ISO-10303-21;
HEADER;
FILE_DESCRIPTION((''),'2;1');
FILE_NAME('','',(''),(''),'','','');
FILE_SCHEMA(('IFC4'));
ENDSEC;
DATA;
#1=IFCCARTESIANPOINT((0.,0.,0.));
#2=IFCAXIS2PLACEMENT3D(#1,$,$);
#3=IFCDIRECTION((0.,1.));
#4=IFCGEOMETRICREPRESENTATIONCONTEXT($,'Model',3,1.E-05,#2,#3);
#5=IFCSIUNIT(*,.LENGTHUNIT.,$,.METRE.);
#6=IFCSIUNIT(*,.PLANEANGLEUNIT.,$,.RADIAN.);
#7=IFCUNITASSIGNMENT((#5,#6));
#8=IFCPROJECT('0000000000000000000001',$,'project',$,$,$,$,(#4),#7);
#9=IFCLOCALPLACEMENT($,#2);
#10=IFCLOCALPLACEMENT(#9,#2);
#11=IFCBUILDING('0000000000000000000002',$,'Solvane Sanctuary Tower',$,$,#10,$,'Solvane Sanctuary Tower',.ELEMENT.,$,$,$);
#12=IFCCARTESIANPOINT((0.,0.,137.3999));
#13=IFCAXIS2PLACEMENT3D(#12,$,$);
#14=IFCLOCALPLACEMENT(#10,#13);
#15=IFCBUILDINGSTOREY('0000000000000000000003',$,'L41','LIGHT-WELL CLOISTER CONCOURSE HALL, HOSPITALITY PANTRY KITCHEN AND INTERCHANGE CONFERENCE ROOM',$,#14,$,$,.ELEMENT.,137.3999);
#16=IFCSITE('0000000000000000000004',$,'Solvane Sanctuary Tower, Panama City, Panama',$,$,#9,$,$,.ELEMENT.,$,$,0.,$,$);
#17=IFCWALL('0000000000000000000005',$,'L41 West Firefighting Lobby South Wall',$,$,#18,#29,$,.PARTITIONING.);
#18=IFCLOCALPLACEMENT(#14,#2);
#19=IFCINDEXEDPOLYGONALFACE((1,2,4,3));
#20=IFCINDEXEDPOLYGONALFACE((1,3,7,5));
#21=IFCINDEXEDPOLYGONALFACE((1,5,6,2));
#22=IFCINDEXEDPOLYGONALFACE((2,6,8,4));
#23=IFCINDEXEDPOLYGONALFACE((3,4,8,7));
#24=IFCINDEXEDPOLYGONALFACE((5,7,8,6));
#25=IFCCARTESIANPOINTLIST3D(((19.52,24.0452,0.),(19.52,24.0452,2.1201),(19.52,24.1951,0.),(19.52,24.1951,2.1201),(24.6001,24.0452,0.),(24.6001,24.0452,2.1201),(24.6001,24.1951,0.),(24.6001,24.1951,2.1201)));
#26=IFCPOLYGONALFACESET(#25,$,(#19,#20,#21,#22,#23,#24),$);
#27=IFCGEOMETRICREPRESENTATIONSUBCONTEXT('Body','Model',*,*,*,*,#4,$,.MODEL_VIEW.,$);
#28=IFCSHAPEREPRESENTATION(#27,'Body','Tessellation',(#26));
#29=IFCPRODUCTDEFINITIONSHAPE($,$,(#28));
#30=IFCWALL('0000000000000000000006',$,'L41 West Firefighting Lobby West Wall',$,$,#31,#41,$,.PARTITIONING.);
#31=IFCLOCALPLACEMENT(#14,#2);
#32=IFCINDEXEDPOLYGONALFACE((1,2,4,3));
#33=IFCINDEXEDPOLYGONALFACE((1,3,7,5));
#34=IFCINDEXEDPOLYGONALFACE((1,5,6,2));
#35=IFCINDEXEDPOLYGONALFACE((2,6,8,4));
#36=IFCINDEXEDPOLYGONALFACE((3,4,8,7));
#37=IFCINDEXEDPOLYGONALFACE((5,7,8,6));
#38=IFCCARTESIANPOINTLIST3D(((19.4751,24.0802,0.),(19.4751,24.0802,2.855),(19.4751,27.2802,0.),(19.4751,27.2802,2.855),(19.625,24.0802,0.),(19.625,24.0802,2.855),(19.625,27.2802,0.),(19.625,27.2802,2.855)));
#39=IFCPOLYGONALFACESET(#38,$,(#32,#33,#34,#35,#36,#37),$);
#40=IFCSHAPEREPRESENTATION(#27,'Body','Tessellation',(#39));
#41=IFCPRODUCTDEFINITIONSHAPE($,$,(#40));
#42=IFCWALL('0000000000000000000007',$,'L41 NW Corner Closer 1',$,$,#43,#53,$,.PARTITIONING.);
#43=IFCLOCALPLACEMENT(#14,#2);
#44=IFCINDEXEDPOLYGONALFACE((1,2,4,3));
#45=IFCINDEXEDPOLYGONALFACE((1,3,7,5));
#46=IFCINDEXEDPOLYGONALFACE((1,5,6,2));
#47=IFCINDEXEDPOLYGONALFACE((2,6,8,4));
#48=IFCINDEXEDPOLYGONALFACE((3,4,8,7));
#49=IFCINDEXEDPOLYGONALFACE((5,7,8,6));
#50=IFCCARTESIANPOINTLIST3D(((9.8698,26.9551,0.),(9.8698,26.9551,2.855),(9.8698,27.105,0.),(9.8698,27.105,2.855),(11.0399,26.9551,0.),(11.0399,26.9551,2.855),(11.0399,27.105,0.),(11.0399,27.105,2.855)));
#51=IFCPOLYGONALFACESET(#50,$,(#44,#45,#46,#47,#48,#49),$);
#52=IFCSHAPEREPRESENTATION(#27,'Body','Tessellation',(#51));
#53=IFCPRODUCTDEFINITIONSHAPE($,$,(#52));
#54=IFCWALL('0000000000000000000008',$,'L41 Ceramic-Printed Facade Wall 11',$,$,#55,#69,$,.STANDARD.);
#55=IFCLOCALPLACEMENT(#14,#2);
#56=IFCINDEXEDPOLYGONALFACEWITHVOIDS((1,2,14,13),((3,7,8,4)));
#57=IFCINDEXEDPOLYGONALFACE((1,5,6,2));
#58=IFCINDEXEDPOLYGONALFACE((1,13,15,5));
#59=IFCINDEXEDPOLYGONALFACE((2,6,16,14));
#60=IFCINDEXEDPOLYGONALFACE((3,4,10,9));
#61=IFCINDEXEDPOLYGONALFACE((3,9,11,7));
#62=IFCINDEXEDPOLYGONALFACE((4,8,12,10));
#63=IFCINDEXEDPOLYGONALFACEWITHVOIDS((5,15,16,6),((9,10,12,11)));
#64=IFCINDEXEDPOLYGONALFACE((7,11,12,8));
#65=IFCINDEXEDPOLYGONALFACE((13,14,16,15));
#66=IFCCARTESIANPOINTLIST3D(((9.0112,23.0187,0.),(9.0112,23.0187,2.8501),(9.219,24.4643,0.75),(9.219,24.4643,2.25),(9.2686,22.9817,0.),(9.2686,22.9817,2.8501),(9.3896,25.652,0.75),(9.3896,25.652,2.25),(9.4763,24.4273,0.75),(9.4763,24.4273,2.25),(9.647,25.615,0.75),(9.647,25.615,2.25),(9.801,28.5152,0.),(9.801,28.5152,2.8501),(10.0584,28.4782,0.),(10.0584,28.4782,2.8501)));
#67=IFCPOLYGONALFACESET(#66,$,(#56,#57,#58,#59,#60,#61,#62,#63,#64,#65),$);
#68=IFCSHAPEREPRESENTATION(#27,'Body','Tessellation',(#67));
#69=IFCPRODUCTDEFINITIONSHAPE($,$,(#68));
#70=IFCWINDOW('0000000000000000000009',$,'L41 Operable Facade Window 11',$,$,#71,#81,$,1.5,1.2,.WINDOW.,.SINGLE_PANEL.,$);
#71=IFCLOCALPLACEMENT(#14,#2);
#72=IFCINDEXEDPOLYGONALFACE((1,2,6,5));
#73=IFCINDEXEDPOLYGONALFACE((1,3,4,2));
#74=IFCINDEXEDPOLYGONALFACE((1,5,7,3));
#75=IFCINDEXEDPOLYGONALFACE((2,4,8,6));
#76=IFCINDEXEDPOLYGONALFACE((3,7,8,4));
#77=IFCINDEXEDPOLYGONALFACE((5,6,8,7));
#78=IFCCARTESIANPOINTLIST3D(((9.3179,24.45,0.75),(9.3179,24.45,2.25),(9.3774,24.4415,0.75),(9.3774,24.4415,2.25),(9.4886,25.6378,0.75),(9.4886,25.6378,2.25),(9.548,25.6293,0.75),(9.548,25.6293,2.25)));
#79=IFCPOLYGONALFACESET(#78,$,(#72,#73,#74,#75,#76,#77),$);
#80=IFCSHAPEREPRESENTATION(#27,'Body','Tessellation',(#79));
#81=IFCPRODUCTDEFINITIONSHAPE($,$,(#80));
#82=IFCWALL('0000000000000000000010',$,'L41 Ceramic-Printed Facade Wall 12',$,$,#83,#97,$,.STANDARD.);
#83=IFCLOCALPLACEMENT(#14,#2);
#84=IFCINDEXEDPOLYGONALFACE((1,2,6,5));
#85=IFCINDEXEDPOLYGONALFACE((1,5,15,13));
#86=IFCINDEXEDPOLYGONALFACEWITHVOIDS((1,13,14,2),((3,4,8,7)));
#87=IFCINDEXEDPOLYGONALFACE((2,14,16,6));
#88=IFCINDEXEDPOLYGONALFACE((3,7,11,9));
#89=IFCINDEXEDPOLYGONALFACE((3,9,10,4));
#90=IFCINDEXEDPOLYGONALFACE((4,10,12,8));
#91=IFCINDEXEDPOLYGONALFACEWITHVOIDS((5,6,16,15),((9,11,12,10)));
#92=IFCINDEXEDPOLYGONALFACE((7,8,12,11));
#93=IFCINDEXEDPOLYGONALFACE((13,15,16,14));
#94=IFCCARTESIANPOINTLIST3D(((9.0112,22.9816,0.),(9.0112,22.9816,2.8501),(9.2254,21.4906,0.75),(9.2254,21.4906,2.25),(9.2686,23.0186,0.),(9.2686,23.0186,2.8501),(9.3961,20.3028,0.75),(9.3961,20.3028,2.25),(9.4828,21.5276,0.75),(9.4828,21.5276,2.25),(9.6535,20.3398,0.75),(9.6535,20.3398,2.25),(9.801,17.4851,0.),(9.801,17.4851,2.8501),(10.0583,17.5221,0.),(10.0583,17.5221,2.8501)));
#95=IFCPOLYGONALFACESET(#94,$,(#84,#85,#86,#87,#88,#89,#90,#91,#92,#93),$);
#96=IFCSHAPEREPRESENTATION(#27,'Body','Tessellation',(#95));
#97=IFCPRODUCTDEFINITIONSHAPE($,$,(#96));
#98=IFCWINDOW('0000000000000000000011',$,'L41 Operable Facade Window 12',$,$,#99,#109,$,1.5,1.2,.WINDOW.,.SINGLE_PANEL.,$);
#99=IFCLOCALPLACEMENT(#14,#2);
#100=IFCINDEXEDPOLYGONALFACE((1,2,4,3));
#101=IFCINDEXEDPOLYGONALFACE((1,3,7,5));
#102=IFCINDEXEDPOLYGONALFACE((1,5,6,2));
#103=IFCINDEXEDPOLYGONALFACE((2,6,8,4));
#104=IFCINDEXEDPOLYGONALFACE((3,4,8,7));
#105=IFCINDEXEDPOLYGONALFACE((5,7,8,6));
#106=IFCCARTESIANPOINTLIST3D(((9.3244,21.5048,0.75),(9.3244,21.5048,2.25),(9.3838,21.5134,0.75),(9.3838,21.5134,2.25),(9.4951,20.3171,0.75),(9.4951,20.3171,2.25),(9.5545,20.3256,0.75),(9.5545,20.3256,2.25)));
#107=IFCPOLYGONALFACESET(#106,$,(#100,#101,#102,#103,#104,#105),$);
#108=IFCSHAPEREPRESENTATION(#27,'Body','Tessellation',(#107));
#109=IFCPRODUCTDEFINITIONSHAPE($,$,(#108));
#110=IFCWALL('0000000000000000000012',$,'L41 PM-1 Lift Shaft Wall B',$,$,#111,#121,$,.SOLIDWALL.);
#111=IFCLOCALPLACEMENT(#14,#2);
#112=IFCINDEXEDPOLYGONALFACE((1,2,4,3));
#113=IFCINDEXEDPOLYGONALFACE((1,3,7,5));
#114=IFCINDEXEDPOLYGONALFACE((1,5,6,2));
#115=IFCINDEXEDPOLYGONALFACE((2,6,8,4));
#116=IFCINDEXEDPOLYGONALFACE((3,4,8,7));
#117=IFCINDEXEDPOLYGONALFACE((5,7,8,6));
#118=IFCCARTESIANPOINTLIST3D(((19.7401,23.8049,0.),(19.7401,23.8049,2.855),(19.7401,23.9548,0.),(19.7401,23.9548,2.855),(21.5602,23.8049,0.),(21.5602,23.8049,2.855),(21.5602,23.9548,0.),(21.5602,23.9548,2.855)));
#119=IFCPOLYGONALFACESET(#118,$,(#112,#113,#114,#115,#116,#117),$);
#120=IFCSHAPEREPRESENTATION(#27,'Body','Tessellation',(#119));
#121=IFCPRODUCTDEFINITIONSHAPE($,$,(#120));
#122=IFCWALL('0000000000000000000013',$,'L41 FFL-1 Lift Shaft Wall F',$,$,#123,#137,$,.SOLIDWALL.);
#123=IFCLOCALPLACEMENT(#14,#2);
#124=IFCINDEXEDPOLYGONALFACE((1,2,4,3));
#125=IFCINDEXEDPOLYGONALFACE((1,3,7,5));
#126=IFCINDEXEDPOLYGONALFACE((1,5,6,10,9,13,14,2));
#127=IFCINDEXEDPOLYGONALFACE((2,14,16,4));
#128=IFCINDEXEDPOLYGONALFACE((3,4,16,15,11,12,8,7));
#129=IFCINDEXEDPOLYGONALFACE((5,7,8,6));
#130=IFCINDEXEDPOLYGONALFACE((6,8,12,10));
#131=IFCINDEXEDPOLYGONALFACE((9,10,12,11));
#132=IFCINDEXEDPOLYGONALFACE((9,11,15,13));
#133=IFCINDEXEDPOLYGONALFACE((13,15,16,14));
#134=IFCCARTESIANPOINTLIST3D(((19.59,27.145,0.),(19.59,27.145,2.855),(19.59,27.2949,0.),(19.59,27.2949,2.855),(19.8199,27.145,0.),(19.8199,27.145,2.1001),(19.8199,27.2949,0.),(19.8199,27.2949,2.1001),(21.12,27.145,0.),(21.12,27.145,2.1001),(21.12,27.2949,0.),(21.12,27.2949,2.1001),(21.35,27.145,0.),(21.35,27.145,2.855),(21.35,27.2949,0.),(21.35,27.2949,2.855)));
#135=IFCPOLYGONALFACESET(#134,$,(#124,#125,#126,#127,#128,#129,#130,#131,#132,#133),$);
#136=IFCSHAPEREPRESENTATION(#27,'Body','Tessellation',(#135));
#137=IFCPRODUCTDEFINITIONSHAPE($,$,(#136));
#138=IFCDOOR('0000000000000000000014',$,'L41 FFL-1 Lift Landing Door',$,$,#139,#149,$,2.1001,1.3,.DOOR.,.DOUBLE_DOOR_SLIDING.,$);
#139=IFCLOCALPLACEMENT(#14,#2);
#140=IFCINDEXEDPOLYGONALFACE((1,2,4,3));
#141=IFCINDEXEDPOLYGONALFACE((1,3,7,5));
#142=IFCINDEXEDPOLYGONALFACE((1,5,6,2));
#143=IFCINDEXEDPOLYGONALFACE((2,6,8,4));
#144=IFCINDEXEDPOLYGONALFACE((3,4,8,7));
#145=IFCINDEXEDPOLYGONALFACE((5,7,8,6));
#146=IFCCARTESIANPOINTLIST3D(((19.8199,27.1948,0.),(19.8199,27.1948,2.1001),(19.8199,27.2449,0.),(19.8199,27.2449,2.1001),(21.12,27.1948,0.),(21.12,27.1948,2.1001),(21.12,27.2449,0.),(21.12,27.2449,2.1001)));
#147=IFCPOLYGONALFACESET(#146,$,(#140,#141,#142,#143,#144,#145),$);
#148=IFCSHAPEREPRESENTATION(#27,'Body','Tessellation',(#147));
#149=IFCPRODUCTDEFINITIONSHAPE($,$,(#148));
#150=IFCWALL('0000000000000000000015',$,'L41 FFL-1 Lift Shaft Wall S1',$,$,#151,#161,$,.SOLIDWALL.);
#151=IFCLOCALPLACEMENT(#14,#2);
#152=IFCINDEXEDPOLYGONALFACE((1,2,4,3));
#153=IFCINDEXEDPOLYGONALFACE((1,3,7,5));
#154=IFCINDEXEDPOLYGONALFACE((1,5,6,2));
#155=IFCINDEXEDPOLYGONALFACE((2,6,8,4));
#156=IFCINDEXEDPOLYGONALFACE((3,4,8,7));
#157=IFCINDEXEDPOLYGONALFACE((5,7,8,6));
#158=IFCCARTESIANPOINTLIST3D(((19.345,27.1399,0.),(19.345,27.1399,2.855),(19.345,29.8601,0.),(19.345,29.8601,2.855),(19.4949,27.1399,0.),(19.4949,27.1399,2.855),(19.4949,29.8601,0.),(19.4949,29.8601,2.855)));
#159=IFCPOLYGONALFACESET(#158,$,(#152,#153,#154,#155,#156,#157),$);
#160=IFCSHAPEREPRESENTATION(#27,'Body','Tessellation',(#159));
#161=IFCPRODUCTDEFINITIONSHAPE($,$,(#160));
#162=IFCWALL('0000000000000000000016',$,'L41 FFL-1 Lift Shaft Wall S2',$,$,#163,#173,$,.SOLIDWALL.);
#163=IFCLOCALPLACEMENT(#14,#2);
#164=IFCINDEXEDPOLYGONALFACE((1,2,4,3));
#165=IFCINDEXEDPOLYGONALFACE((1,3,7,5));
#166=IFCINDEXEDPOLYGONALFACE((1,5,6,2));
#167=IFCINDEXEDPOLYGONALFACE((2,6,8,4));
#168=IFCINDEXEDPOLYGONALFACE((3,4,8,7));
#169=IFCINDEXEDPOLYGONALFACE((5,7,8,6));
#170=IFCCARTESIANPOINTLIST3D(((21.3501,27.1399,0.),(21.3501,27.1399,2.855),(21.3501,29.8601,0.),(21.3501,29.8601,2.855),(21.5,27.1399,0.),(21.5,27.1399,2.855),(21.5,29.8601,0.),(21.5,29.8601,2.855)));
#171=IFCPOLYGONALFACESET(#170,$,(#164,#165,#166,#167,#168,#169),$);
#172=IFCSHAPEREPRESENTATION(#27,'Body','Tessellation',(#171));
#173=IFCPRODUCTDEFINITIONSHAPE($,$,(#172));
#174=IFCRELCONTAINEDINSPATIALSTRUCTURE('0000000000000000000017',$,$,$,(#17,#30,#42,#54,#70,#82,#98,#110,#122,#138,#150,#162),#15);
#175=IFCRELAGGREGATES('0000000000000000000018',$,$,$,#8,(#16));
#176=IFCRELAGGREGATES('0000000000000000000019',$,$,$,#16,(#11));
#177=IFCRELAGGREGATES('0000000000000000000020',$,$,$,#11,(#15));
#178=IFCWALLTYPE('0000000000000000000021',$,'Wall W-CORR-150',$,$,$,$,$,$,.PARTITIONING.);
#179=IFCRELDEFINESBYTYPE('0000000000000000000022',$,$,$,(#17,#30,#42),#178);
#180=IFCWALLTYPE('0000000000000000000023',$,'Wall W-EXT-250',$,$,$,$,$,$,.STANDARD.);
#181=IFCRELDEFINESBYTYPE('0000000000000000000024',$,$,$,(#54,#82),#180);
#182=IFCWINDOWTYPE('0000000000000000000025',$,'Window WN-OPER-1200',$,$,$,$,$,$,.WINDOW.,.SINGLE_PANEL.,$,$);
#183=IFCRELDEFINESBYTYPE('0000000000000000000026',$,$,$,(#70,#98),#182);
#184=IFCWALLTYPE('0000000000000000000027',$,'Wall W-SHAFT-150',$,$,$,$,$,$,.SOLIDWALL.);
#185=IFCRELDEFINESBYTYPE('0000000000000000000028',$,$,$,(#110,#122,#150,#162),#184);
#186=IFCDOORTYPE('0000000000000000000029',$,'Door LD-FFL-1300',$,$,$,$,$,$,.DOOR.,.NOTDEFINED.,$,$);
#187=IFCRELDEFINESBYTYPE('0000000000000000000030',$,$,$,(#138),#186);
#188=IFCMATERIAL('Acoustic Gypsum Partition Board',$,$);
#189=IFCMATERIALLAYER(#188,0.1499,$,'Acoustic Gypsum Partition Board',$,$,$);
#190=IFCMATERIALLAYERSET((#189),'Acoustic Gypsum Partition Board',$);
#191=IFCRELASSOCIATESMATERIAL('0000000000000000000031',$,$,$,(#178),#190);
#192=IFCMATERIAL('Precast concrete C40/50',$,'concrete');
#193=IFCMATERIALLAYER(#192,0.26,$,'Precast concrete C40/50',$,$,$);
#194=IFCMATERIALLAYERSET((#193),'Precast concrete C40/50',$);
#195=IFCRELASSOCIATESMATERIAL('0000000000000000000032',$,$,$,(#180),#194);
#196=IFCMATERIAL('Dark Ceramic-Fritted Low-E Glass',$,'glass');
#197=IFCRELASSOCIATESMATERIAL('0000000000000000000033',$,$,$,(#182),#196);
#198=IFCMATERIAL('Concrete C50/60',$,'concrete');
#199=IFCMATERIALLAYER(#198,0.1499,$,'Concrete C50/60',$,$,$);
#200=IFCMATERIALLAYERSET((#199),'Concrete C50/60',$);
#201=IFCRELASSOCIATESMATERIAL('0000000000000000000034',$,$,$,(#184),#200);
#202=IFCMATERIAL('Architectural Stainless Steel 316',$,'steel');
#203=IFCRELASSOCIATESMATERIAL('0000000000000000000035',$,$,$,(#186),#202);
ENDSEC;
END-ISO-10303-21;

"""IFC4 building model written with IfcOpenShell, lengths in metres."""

from ifc_helpers import new_model, si_unit, direction, frame, frame_2d, origin, place, context, subcontext, project, spatial, rectangle, extrude, material, layer, layer_set, type_object, element, fill, save


model = new_model("IFC4")

# Units and contexts
model_context = context("Model", 3, precision=1e-05, world=origin(), true_north=direction((0.0, 1.0)))
body_context = subcontext(model_context, "Body", "Model", "MODEL_VIEW")
ifc_project = project(units=[si_unit("LENGTHUNIT", "METRE"), si_unit("PLANEANGLEUNIT", "RADIAN")], contexts=[model_context])

# Site, building, storey
site_placement = place(None, origin())
site = spatial("IfcSite", under=ifc_project, at=site_placement, Name="Solvane Sanctuary Tower, Panama City, Panama", CompositionType="ELEMENT", RefElevation=0.0)
building_placement = place(site_placement, origin())
building = spatial("IfcBuilding", under=site, at=building_placement, Name="Solvane Sanctuary Tower", LongName="Solvane Sanctuary Tower", CompositionType="ELEMENT")
storey_placement = place(building_placement, frame((0.0, 0.0, 137.3999)))
storey = spatial("IfcBuildingStorey", under=building, at=storey_placement, Name="L41", Description="LIGHT-WELL CLOISTER CONCOURSE HALL, HOSPITALITY PANTRY KITCHEN AND INTERCHANGE CONFERENCE ROOM", CompositionType="ELEMENT", Elevation=137.3999)

# Walls
ifc_material_1 = material(Name="Acoustic Gypsum Partition Board")
ifc_layer_1 = layer(ifc_material_1, 0.1499, Name="Acoustic Gypsum Partition Board")
ifc_layer_set_1 = layer_set([ifc_layer_1], Name="Acoustic Gypsum Partition Board")
wall_type_1 = type_object("IfcWallType", Name="Wall W-CORR-150", PredefinedType="PARTITIONING", material=ifc_layer_set_1)
wall_1_placement = place(storey_placement, frame((19.52, 24.1201, 0.0), z_axis=(0.0, 0.0, 1.0), x_axis=(1.0, 0.0, 0.0)))
element("IfcWall", 1, at=wall_1_placement, inside=storey, type_object=wall_type_1, Name="L41 West Firefighting Lobby South Wall", PredefinedType="PARTITIONING", context=body_context, shape_type="SweptSolid", body=[
    extrude(rectangle(XDim=5.0801, YDim=0.1499, at=frame_2d((2.54, 0.0))), origin(), (0.0, 0.0, 1.0), 2.1201),
])
wall_2_placement = place(storey_placement, frame((19.55, 24.0801, 0.0), z_axis=(0.0, 0.0, 1.0), x_axis=(0.0, 1.0, 0.0)))
element("IfcWall", 2, at=wall_2_placement, inside=storey, type_object=wall_type_1, Name="L41 West Firefighting Lobby West Wall", PredefinedType="PARTITIONING", context=body_context, shape_type="SweptSolid", body=[
    extrude(rectangle(XDim=3.2, YDim=0.1499, at=frame_2d((1.6001, 0.0))), origin(), (0.0, 0.0, 1.0), 2.855),
])
wall_3_placement = place(storey_placement, frame((9.8699, 27.03, 0.0), z_axis=(0.0, 0.0, 1.0), x_axis=(1.0, 0.0, 0.0)))
element("IfcWall", 3, at=wall_3_placement, inside=storey, type_object=wall_type_1, Name="L41 NW Corner Closer 1", PredefinedType="PARTITIONING", context=body_context, shape_type="SweptSolid", body=[
    extrude(rectangle(XDim=1.1702, YDim=0.1499, at=frame_2d((0.585, 0.0))), origin(), (0.0, 0.0, 1.0), 2.855),
])

# Walls, openings, windows
ifc_material_2 = material(Name="Precast concrete C40/50", Category="concrete")
ifc_layer_2 = layer(ifc_material_2, 0.26, Name="Precast concrete C40/50")
ifc_layer_set_2 = layer_set([ifc_layer_2], Name="Precast concrete C40/50")
wall_type_2 = type_object("IfcWallType", Name="Wall W-EXT-250", PredefinedType="STANDARD", material=ifc_layer_set_2)
wall_4_placement = place(storey_placement, frame((9.9297, 28.4966, 0.0), z_axis=(0.0, 0.0, 1.0), x_axis=(-0.142228, -0.989834, 0.0)))
wall_4 = element("IfcWall", 4, at=wall_4_placement, inside=storey, type_object=wall_type_2, Name="L41 Ceramic-Printed Facade Wall 11", PredefinedType="STANDARD", context=body_context, shape_type="SweptSolid", body=[
    extrude(rectangle(XDim=5.553, YDim=0.26, at=frame_2d((2.7764, 0.0))), origin(), (0.0, 0.0, 1.0), 2.8501),
])
opening_1_placement = place(wall_4_placement, frame((2.8923, 0.0, 0.75)))
opening_1 = element("IfcOpeningElement", 5, at=opening_1_placement, cuts=wall_4, PredefinedType="OPENING", context=body_context, shape_type="SweptSolid", body=[
    extrude(rectangle(XDim=1.2, YDim=1.5, at=frame_2d((0.6001, 0.75))), frame((0.0, 0.1399, 0.0), z_axis=(0.0, -1.0, 0.0), x_axis=(1.0, 0.0, 0.0)), (0.0, 0.0, 1.0), 0.28),
])
ifc_material_3 = material(Name="Dark Ceramic-Fritted Low-E Glass", Category="glass")
window_type = type_object("IfcWindowType", Name="Window WN-OPER-1200", PartitioningType="SINGLE_PANEL", PredefinedType="WINDOW", material=ifc_material_3)
window_1_placement = place(opening_1_placement, origin())
window_1 = element("IfcWindow", 6, at=window_1_placement, inside=storey, type_object=window_type, Name="L41 Operable Facade Window 11", OverallHeight=1.5, OverallWidth=1.2, PartitioningType="SINGLE_PANEL", PredefinedType="WINDOW", context=body_context, shape_type="SweptSolid", body=[
    extrude(rectangle(XDim=1.2, YDim=1.5, at=frame_2d((0.6001, 0.75))), frame((0.0, 0.03, 0.0), z_axis=(0.0, -1.0, 0.0), x_axis=(1.0, 0.0, 0.0)), (0.0, 0.0, 1.0), 0.0601),
])
fill(opening_1, window_1)
wall_5_placement = place(storey_placement, frame((9.1399, 23.0, 0.0), z_axis=(0.0, 0.0, 1.0), x_axis=(0.142228, -0.989834, 0.0)))
wall_5 = element("IfcWall", 7, at=wall_5_placement, inside=storey, type_object=wall_type_2, Name="L41 Ceramic-Printed Facade Wall 12", PredefinedType="STANDARD", context=body_context, shape_type="SweptSolid", body=[
    extrude(rectangle(XDim=5.553, YDim=0.26, at=frame_2d((2.7764, 0.0))), origin(), (0.0, 0.0, 1.0), 2.8501),
])
opening_2_placement = place(wall_5_placement, frame((1.5061, 0.0, 0.75)))
opening_2 = element("IfcOpeningElement", 8, at=opening_2_placement, cuts=wall_5, PredefinedType="OPENING", context=body_context, shape_type="SweptSolid", body=[
    extrude(rectangle(XDim=1.2, YDim=1.5, at=frame_2d((0.6001, 0.75))), frame((0.0, 0.1399, 0.0), z_axis=(0.0, -1.0, 0.0), x_axis=(1.0, 0.0, 0.0)), (0.0, 0.0, 1.0), 0.28),
])
window_2_placement = place(opening_2_placement, origin())
window_2 = element("IfcWindow", 9, at=window_2_placement, inside=storey, type_object=window_type, Name="L41 Operable Facade Window 12", OverallHeight=1.5, OverallWidth=1.2, PartitioningType="SINGLE_PANEL", PredefinedType="WINDOW", context=body_context, shape_type="SweptSolid", body=[
    extrude(rectangle(XDim=1.2, YDim=1.5, at=frame_2d((0.6001, 0.75))), frame((0.0, 0.03, 0.0), z_axis=(0.0, -1.0, 0.0), x_axis=(1.0, 0.0, 0.0)), (0.0, 0.0, 1.0), 0.0601),
])
fill(opening_2, window_2)

# Wall
ifc_material_4 = material(Name="Concrete C50/60", Category="concrete")
ifc_layer_3 = layer(ifc_material_4, 0.1499, Name="Concrete C50/60")
ifc_layer_set_3 = layer_set([ifc_layer_3], Name="Concrete C50/60")
wall_type_3 = type_object("IfcWallType", Name="Wall W-SHAFT-150", PredefinedType="SOLIDWALL", material=ifc_layer_set_3)
wall_6_placement = place(storey_placement, frame((19.74, 23.8799, 0.0), z_axis=(0.0, 0.0, 1.0), x_axis=(1.0, 0.0, 0.0)))
element("IfcWall", 10, at=wall_6_placement, inside=storey, type_object=wall_type_3, Name="L41 PM-1 Lift Shaft Wall B", PredefinedType="SOLIDWALL", context=body_context, shape_type="SweptSolid", body=[
    extrude(rectangle(XDim=1.8201, YDim=0.1499, at=frame_2d((0.9102, 0.0))), origin(), (0.0, 0.0, 1.0), 2.855),
])

# Wall, opening, door
wall_7_placement = place(storey_placement, frame((19.5901, 27.22, 0.0), z_axis=(0.0, 0.0, 1.0), x_axis=(1.0, 0.0, 0.0)))
wall_7 = element("IfcWall", 11, at=wall_7_placement, inside=storey, type_object=wall_type_3, Name="L41 FFL-1 Lift Shaft Wall F", PredefinedType="SOLIDWALL", context=body_context, shape_type="SweptSolid", body=[
    extrude(rectangle(XDim=1.76, YDim=0.1499, at=frame_2d((0.8799, 0.0))), origin(), (0.0, 0.0, 1.0), 2.855),
])
opening_3_placement = place(wall_7_placement, frame((0.23, 0.0, 0.0)))
opening_3 = element("IfcOpeningElement", 12, at=opening_3_placement, cuts=wall_7, PredefinedType="OPENING", context=body_context, shape_type="SweptSolid", body=[
    extrude(rectangle(XDim=1.3, YDim=2.1001, at=frame_2d((0.6499, 1.05))), frame((0.0, 0.085, 0.0), z_axis=(0.0, -1.0, 0.0), x_axis=(1.0, 0.0, 0.0)), (0.0, 0.0, 1.0), 0.1699),
])
ifc_material_5 = material(Name="Architectural Stainless Steel 316", Category="steel")
door_type = type_object("IfcDoorType", Name="Door LD-FFL-1300", OperationType="NOTDEFINED", PredefinedType="DOOR", material=ifc_material_5)
door_placement = place(opening_3_placement, origin())
door = element("IfcDoor", 13, at=door_placement, inside=storey, type_object=door_type, Name="L41 FFL-1 Lift Landing Door", OperationType="DOUBLE_DOOR_SLIDING", OverallHeight=2.1001, OverallWidth=1.3, PredefinedType="DOOR", context=body_context, shape_type="SweptSolid", body=[
    extrude(rectangle(XDim=1.3, YDim=2.1001, at=frame_2d((0.6499, 1.05))), frame((0.0, 0.0249, 0.0), z_axis=(0.0, -1.0, 0.0), x_axis=(1.0, 0.0, 0.0)), (0.0, 0.0, 1.0), 0.05),
])
fill(opening_3, door)

# Walls
for number, where, z_axis, x_axis, name in (
    (14, (19.4199, 27.1399, 0.0), (0.0, 0.0, 1.0), (0.0, 1.0, 0.0), "L41 FFL-1 Lift Shaft Wall S1"),
    (15, (21.425, 27.1399, 0.0), (0.0, 0.0, 1.0), (0.0, 1.0, 0.0), "L41 FFL-1 Lift Shaft Wall S2"),
):
    element("IfcWall", number, at=place(storey_placement, frame(where, z_axis=z_axis, x_axis=x_axis)), inside=storey, type_object=wall_type_3, Name=name, PredefinedType="SOLIDWALL", context=body_context, shape_type="SweptSolid", body=[
        extrude(rectangle(XDim=2.7202, YDim=0.1499, at=frame_2d((1.3601, 0.0))), origin(), (0.0, 0.0, 1.0), 2.855),
    ])

save(model, "model.ifc")
